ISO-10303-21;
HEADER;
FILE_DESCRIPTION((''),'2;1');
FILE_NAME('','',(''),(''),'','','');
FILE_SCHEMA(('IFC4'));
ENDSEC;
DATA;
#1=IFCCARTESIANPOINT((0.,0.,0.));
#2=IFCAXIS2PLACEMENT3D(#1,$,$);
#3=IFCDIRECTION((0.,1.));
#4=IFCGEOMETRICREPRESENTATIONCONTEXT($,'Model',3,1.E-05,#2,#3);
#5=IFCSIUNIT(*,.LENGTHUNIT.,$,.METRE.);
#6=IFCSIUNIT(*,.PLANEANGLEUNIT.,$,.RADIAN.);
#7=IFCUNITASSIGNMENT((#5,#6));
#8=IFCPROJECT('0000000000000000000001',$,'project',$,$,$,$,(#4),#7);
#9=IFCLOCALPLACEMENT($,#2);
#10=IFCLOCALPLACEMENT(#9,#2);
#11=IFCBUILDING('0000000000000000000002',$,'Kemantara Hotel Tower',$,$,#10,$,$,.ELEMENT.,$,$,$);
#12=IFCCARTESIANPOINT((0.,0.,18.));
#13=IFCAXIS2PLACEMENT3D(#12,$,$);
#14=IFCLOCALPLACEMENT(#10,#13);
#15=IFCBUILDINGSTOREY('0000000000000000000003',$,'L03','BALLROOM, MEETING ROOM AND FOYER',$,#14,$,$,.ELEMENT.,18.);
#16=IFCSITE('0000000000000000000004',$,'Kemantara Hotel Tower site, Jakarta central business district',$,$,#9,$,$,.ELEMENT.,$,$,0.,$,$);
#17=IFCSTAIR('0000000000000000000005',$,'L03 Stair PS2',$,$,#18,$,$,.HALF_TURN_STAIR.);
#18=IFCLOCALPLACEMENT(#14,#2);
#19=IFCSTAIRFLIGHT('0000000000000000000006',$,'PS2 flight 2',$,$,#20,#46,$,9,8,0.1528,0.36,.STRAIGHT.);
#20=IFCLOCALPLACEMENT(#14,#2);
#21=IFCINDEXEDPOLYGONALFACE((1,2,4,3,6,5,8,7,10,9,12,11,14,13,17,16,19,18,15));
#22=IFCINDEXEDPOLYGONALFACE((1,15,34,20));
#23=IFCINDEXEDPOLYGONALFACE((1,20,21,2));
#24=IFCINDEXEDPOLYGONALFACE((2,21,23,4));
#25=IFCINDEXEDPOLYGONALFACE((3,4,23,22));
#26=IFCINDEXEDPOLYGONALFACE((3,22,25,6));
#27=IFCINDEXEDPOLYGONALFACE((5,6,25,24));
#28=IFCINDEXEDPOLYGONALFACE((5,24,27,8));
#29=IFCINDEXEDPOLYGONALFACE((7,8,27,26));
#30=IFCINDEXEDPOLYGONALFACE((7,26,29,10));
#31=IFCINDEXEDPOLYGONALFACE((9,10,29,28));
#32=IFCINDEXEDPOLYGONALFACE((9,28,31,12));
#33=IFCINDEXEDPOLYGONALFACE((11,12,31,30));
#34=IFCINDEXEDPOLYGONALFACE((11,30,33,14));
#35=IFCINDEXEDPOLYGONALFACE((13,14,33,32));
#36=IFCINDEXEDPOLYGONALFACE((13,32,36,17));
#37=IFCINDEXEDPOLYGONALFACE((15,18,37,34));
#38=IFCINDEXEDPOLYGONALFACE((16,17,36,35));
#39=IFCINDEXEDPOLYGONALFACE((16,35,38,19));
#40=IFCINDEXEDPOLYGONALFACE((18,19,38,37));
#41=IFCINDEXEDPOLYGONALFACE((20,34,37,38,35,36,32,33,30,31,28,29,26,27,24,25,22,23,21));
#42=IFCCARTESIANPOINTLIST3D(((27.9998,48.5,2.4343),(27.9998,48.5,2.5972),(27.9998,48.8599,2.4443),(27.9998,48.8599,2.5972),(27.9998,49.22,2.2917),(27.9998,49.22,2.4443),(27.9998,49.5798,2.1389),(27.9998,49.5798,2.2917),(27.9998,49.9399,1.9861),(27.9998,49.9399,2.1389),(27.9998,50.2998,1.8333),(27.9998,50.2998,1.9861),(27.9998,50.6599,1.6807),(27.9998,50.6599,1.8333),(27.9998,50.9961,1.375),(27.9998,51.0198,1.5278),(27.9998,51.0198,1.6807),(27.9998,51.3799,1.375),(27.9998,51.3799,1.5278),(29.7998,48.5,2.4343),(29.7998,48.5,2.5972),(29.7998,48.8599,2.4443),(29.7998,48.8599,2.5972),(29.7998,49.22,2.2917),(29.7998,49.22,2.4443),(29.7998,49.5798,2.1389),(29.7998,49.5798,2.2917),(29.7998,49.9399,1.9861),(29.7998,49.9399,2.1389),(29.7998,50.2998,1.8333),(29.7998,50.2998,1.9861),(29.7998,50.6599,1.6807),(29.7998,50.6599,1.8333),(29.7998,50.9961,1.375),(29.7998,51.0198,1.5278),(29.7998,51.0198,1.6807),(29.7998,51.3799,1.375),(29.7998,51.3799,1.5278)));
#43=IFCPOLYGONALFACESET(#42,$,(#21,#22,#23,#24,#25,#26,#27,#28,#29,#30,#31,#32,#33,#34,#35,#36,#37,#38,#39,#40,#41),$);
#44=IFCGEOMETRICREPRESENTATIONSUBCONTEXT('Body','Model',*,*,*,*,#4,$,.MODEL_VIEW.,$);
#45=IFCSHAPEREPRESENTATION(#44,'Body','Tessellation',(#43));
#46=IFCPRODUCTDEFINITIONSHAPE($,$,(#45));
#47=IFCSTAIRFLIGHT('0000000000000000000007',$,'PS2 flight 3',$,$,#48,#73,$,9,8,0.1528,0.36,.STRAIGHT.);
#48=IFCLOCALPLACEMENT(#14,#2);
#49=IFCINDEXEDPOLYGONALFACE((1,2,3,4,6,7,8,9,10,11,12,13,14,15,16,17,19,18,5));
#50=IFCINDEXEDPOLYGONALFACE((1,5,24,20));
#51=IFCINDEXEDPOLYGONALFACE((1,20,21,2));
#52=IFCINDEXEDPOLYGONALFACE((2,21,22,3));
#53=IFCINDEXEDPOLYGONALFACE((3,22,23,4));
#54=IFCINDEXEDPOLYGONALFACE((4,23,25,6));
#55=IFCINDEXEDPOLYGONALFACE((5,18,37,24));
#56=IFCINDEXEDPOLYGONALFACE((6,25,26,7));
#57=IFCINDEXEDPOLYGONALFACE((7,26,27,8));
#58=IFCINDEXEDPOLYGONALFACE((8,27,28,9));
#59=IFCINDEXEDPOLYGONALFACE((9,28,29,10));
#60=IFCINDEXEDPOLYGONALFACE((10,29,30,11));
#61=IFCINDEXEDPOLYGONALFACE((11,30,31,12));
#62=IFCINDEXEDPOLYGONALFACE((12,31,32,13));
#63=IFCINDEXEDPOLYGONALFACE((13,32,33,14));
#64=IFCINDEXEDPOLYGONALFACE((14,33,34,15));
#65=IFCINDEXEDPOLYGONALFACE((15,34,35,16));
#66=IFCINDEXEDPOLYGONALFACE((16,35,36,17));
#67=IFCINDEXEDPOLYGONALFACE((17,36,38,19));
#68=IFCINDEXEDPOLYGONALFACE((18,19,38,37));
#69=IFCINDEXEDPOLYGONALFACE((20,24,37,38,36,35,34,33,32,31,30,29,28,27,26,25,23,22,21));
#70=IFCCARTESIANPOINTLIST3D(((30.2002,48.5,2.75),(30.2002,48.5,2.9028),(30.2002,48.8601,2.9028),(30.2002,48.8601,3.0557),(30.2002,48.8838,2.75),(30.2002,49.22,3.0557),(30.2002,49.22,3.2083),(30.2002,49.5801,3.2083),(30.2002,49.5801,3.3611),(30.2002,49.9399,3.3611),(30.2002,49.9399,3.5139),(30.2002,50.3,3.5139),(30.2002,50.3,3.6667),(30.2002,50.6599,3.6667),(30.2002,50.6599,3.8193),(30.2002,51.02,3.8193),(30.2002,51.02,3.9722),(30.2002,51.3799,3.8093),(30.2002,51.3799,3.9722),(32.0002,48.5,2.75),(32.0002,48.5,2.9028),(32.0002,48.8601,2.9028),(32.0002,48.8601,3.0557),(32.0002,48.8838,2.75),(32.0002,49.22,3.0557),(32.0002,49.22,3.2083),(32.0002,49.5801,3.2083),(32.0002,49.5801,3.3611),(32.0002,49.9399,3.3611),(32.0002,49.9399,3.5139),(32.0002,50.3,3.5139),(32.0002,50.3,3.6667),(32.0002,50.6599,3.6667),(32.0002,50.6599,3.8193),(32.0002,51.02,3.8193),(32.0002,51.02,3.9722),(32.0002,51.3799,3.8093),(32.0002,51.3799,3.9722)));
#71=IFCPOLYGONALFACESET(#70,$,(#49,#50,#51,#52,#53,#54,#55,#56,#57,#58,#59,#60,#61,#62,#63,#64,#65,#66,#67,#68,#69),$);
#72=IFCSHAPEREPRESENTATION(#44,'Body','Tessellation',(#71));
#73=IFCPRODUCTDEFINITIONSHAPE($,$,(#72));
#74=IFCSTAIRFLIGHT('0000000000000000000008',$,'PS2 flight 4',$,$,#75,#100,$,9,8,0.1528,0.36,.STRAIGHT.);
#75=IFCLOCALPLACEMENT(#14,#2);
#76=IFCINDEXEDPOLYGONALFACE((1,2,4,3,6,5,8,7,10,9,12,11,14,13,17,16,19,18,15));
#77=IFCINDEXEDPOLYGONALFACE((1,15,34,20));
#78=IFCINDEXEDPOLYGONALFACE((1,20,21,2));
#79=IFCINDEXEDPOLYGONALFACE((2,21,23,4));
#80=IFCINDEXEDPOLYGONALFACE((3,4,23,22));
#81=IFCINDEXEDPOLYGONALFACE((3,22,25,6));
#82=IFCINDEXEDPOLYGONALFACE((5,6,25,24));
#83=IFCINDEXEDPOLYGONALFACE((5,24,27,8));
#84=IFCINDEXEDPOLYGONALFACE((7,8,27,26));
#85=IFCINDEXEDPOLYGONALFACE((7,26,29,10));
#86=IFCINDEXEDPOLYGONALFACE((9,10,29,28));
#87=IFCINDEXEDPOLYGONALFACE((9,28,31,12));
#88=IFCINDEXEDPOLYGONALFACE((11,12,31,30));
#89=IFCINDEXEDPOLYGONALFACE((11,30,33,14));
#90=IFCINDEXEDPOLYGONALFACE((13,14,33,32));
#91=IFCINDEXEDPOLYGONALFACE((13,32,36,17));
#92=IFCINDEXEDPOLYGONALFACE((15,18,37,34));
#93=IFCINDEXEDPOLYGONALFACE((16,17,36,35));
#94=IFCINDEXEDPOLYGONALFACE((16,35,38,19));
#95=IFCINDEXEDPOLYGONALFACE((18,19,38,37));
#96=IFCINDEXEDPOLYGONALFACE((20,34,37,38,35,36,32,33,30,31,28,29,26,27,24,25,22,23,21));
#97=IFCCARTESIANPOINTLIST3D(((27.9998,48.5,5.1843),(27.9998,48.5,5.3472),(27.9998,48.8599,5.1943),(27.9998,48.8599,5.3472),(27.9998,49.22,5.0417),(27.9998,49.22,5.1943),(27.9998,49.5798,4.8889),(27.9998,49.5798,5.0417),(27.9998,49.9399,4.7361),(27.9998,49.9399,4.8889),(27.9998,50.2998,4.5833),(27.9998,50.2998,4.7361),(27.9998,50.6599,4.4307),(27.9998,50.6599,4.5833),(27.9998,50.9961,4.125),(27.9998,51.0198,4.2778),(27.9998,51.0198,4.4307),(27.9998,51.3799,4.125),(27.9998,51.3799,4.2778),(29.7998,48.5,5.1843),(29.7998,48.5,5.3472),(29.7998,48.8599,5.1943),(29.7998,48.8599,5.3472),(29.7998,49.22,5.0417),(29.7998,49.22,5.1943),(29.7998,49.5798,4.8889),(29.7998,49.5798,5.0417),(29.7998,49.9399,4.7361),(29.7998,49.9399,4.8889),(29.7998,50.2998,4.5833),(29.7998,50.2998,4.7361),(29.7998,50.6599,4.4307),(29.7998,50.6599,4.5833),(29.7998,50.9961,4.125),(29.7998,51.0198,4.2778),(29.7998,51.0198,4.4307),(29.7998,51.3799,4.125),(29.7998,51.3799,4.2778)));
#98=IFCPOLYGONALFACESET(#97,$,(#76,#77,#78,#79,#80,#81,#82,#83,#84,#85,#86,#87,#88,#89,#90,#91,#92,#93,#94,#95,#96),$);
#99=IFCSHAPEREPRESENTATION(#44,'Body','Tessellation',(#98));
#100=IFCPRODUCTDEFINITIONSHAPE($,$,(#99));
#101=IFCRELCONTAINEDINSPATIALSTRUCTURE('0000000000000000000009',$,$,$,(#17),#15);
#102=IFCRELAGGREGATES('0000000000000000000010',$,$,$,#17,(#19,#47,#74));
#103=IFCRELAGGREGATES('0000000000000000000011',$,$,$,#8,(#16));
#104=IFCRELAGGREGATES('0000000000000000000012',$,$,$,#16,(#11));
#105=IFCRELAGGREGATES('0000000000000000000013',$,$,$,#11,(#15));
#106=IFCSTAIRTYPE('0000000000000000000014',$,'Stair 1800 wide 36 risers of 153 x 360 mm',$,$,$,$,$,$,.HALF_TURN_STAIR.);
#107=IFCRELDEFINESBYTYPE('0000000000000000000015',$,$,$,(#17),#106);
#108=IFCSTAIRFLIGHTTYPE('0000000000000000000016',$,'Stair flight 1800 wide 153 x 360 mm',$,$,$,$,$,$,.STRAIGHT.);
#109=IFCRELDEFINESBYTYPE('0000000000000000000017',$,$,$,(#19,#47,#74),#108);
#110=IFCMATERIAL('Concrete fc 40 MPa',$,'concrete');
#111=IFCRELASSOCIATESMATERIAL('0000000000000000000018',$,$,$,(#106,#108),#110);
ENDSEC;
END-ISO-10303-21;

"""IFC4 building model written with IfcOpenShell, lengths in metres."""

from ifc_helpers import new_model, si_unit, direction, frame, origin, place, context, subcontext, project, spatial, polyline, outline, extrude, material, type_object, element, aggregate, save


model = new_model("IFC4")

# Units and contexts
model_context = context("Model", 3, precision=1e-05, world=origin(), true_north=direction((0.0, 1.0)))
body_context = subcontext(model_context, "Body", "Model", "MODEL_VIEW")
ifc_project = project(units=[si_unit("LENGTHUNIT", "METRE"), si_unit("PLANEANGLEUNIT", "RADIAN")], contexts=[model_context])

# Site, building, storey
site_placement = place(None, origin())
site = spatial("IfcSite", under=ifc_project, at=site_placement, Name="Kemantara Hotel Tower site, Jakarta central business district", CompositionType="ELEMENT", RefElevation=0.0)
building_placement = place(site_placement, origin())
building = spatial("IfcBuilding", under=site, at=building_placement, Name="Kemantara Hotel Tower", CompositionType="ELEMENT")
storey_placement = place(building_placement, frame((0.0, 0.0, 18.0)))
storey = spatial("IfcBuildingStorey", under=building, at=storey_placement, Name="L03", Description="BALLROOM, MEETING ROOM AND FOYER", CompositionType="ELEMENT", Elevation=18.0)

# Shared definitions
ifc_material_1 = material(Name="Concrete fc 40 MPa", Category="concrete")

# Stair, stair flights
stair_type = type_object("IfcStairType", Name="Stair 1800 wide 36 risers of 153 x 360 mm", PredefinedType="HALF_TURN_STAIR", material=ifc_material_1)
stair_placement = place(storey_placement, origin())
stair = element("IfcStair", 1, at=stair_placement, inside=storey, type_object=stair_type, Name="L03 Stair PS2", PredefinedType="HALF_TURN_STAIR")
stair_flight_type = type_object("IfcStairFlightType", Name="Stair flight 1800 wide 153 x 360 mm", PredefinedType="STRAIGHT", material=ifc_material_1)
stair_flight_1_placement = place(storey_placement, frame((28.8999, 51.3799, 1.375), z_axis=(0.0, 0.0, 1.0), x_axis=(0.0, -1.0, 0.0)))
stair_flight_1 = element("IfcStairFlight", 2, at=stair_flight_1_placement, type_object=stair_flight_type, Name="PS2 flight 2", NumberOfRisers=9, NumberOfTreads=8, PredefinedType="STRAIGHT", RiserHeight=0.1528, TreadLength=0.36, context=body_context, shape_type="SweptSolid", body=[
    extrude(outline(polyline([(0.0, 0.0), (0.0, 0.1528), (0.3601, 0.1528), (0.3601, 0.3057), (0.72, 0.3057), (0.72, 0.4583), (1.0801, 0.4583), (1.0801, 0.6111), (1.4399, 0.6111), (1.4399, 0.7639), (1.8, 0.7639), (1.8, 0.9167), (2.1599, 0.9167), (2.1599, 1.0693), (2.52, 1.0693), (2.52, 1.2222), (2.8799, 1.2222), (2.8799, 1.375), (2.8799, 1.0593), (0.3838, 0.0), (0.0, 0.0)])), frame((0.0, 0.8999, 0.0), z_axis=(0.0, -1.0, 0.0), x_axis=(1.0, 0.0, 0.0)), (0.0, 0.0, 1.0), 1.8),
])
stair_flight_2_placement = place(storey_placement, frame((31.1001, 48.5, 2.75), z_axis=(0.0, 0.0, 1.0), x_axis=(0.0, 1.0, 0.0)))
stair_flight_2 = element("IfcStairFlight", 3, at=stair_flight_2_placement, type_object=stair_flight_type, Name="PS2 flight 3", NumberOfRisers=9, NumberOfTreads=8, PredefinedType="STRAIGHT", RiserHeight=0.1528, TreadLength=0.36, context=body_context, shape_type="SweptSolid", body=[
    extrude(outline(polyline([(0.0, 0.0), (0.0, 0.1528), (0.3601, 0.1528), (0.3601, 0.3057), (0.72, 0.3057), (0.72, 0.4583), (1.0801, 0.4583), (1.0801, 0.6111), (1.4399, 0.6111), (1.4399, 0.7639), (1.8, 0.7639), (1.8, 0.9167), (2.1599, 0.9167), (2.1599, 1.0693), (2.52, 1.0693), (2.52, 1.2222), (2.8799, 1.2222), (2.8799, 1.375), (2.8799, 1.0593), (0.3838, 0.0), (0.0, 0.0)])), frame((0.0, 0.8999, 0.0), z_axis=(0.0, -1.0, 0.0), x_axis=(1.0, 0.0, 0.0)), (0.0, 0.0, 1.0), 1.8),
])
stair_flight_3_placement = place(storey_placement, frame((28.8999, 51.3799, 4.125), z_axis=(0.0, 0.0, 1.0), x_axis=(0.0, -1.0, 0.0)))
stair_flight_3 = element("IfcStairFlight", 4, at=stair_flight_3_placement, type_object=stair_flight_type, Name="PS2 flight 4", NumberOfRisers=9, NumberOfTreads=8, PredefinedType="STRAIGHT", RiserHeight=0.1528, TreadLength=0.36, context=body_context, shape_type="SweptSolid", body=[
    extrude(outline(polyline([(0.0, 0.0), (0.0, 0.1528), (0.3601, 0.1528), (0.3601, 0.3057), (0.72, 0.3057), (0.72, 0.4583), (1.0801, 0.4583), (1.0801, 0.6111), (1.4399, 0.6111), (1.4399, 0.7639), (1.8, 0.7639), (1.8, 0.9167), (2.1599, 0.9167), (2.1599, 1.0693), (2.52, 1.0693), (2.52, 1.2222), (2.8799, 1.2222), (2.8799, 1.375), (2.8799, 1.0593), (0.3838, 0.0), (0.0, 0.0)])), frame((0.0, 0.8999, 0.0), z_axis=(0.0, -1.0, 0.0), x_axis=(1.0, 0.0, 0.0)), (0.0, 0.0, 1.0), 1.8),
])
aggregate(stair, [stair_flight_1, stair_flight_2, stair_flight_3])

save(model, "model.ifc")
